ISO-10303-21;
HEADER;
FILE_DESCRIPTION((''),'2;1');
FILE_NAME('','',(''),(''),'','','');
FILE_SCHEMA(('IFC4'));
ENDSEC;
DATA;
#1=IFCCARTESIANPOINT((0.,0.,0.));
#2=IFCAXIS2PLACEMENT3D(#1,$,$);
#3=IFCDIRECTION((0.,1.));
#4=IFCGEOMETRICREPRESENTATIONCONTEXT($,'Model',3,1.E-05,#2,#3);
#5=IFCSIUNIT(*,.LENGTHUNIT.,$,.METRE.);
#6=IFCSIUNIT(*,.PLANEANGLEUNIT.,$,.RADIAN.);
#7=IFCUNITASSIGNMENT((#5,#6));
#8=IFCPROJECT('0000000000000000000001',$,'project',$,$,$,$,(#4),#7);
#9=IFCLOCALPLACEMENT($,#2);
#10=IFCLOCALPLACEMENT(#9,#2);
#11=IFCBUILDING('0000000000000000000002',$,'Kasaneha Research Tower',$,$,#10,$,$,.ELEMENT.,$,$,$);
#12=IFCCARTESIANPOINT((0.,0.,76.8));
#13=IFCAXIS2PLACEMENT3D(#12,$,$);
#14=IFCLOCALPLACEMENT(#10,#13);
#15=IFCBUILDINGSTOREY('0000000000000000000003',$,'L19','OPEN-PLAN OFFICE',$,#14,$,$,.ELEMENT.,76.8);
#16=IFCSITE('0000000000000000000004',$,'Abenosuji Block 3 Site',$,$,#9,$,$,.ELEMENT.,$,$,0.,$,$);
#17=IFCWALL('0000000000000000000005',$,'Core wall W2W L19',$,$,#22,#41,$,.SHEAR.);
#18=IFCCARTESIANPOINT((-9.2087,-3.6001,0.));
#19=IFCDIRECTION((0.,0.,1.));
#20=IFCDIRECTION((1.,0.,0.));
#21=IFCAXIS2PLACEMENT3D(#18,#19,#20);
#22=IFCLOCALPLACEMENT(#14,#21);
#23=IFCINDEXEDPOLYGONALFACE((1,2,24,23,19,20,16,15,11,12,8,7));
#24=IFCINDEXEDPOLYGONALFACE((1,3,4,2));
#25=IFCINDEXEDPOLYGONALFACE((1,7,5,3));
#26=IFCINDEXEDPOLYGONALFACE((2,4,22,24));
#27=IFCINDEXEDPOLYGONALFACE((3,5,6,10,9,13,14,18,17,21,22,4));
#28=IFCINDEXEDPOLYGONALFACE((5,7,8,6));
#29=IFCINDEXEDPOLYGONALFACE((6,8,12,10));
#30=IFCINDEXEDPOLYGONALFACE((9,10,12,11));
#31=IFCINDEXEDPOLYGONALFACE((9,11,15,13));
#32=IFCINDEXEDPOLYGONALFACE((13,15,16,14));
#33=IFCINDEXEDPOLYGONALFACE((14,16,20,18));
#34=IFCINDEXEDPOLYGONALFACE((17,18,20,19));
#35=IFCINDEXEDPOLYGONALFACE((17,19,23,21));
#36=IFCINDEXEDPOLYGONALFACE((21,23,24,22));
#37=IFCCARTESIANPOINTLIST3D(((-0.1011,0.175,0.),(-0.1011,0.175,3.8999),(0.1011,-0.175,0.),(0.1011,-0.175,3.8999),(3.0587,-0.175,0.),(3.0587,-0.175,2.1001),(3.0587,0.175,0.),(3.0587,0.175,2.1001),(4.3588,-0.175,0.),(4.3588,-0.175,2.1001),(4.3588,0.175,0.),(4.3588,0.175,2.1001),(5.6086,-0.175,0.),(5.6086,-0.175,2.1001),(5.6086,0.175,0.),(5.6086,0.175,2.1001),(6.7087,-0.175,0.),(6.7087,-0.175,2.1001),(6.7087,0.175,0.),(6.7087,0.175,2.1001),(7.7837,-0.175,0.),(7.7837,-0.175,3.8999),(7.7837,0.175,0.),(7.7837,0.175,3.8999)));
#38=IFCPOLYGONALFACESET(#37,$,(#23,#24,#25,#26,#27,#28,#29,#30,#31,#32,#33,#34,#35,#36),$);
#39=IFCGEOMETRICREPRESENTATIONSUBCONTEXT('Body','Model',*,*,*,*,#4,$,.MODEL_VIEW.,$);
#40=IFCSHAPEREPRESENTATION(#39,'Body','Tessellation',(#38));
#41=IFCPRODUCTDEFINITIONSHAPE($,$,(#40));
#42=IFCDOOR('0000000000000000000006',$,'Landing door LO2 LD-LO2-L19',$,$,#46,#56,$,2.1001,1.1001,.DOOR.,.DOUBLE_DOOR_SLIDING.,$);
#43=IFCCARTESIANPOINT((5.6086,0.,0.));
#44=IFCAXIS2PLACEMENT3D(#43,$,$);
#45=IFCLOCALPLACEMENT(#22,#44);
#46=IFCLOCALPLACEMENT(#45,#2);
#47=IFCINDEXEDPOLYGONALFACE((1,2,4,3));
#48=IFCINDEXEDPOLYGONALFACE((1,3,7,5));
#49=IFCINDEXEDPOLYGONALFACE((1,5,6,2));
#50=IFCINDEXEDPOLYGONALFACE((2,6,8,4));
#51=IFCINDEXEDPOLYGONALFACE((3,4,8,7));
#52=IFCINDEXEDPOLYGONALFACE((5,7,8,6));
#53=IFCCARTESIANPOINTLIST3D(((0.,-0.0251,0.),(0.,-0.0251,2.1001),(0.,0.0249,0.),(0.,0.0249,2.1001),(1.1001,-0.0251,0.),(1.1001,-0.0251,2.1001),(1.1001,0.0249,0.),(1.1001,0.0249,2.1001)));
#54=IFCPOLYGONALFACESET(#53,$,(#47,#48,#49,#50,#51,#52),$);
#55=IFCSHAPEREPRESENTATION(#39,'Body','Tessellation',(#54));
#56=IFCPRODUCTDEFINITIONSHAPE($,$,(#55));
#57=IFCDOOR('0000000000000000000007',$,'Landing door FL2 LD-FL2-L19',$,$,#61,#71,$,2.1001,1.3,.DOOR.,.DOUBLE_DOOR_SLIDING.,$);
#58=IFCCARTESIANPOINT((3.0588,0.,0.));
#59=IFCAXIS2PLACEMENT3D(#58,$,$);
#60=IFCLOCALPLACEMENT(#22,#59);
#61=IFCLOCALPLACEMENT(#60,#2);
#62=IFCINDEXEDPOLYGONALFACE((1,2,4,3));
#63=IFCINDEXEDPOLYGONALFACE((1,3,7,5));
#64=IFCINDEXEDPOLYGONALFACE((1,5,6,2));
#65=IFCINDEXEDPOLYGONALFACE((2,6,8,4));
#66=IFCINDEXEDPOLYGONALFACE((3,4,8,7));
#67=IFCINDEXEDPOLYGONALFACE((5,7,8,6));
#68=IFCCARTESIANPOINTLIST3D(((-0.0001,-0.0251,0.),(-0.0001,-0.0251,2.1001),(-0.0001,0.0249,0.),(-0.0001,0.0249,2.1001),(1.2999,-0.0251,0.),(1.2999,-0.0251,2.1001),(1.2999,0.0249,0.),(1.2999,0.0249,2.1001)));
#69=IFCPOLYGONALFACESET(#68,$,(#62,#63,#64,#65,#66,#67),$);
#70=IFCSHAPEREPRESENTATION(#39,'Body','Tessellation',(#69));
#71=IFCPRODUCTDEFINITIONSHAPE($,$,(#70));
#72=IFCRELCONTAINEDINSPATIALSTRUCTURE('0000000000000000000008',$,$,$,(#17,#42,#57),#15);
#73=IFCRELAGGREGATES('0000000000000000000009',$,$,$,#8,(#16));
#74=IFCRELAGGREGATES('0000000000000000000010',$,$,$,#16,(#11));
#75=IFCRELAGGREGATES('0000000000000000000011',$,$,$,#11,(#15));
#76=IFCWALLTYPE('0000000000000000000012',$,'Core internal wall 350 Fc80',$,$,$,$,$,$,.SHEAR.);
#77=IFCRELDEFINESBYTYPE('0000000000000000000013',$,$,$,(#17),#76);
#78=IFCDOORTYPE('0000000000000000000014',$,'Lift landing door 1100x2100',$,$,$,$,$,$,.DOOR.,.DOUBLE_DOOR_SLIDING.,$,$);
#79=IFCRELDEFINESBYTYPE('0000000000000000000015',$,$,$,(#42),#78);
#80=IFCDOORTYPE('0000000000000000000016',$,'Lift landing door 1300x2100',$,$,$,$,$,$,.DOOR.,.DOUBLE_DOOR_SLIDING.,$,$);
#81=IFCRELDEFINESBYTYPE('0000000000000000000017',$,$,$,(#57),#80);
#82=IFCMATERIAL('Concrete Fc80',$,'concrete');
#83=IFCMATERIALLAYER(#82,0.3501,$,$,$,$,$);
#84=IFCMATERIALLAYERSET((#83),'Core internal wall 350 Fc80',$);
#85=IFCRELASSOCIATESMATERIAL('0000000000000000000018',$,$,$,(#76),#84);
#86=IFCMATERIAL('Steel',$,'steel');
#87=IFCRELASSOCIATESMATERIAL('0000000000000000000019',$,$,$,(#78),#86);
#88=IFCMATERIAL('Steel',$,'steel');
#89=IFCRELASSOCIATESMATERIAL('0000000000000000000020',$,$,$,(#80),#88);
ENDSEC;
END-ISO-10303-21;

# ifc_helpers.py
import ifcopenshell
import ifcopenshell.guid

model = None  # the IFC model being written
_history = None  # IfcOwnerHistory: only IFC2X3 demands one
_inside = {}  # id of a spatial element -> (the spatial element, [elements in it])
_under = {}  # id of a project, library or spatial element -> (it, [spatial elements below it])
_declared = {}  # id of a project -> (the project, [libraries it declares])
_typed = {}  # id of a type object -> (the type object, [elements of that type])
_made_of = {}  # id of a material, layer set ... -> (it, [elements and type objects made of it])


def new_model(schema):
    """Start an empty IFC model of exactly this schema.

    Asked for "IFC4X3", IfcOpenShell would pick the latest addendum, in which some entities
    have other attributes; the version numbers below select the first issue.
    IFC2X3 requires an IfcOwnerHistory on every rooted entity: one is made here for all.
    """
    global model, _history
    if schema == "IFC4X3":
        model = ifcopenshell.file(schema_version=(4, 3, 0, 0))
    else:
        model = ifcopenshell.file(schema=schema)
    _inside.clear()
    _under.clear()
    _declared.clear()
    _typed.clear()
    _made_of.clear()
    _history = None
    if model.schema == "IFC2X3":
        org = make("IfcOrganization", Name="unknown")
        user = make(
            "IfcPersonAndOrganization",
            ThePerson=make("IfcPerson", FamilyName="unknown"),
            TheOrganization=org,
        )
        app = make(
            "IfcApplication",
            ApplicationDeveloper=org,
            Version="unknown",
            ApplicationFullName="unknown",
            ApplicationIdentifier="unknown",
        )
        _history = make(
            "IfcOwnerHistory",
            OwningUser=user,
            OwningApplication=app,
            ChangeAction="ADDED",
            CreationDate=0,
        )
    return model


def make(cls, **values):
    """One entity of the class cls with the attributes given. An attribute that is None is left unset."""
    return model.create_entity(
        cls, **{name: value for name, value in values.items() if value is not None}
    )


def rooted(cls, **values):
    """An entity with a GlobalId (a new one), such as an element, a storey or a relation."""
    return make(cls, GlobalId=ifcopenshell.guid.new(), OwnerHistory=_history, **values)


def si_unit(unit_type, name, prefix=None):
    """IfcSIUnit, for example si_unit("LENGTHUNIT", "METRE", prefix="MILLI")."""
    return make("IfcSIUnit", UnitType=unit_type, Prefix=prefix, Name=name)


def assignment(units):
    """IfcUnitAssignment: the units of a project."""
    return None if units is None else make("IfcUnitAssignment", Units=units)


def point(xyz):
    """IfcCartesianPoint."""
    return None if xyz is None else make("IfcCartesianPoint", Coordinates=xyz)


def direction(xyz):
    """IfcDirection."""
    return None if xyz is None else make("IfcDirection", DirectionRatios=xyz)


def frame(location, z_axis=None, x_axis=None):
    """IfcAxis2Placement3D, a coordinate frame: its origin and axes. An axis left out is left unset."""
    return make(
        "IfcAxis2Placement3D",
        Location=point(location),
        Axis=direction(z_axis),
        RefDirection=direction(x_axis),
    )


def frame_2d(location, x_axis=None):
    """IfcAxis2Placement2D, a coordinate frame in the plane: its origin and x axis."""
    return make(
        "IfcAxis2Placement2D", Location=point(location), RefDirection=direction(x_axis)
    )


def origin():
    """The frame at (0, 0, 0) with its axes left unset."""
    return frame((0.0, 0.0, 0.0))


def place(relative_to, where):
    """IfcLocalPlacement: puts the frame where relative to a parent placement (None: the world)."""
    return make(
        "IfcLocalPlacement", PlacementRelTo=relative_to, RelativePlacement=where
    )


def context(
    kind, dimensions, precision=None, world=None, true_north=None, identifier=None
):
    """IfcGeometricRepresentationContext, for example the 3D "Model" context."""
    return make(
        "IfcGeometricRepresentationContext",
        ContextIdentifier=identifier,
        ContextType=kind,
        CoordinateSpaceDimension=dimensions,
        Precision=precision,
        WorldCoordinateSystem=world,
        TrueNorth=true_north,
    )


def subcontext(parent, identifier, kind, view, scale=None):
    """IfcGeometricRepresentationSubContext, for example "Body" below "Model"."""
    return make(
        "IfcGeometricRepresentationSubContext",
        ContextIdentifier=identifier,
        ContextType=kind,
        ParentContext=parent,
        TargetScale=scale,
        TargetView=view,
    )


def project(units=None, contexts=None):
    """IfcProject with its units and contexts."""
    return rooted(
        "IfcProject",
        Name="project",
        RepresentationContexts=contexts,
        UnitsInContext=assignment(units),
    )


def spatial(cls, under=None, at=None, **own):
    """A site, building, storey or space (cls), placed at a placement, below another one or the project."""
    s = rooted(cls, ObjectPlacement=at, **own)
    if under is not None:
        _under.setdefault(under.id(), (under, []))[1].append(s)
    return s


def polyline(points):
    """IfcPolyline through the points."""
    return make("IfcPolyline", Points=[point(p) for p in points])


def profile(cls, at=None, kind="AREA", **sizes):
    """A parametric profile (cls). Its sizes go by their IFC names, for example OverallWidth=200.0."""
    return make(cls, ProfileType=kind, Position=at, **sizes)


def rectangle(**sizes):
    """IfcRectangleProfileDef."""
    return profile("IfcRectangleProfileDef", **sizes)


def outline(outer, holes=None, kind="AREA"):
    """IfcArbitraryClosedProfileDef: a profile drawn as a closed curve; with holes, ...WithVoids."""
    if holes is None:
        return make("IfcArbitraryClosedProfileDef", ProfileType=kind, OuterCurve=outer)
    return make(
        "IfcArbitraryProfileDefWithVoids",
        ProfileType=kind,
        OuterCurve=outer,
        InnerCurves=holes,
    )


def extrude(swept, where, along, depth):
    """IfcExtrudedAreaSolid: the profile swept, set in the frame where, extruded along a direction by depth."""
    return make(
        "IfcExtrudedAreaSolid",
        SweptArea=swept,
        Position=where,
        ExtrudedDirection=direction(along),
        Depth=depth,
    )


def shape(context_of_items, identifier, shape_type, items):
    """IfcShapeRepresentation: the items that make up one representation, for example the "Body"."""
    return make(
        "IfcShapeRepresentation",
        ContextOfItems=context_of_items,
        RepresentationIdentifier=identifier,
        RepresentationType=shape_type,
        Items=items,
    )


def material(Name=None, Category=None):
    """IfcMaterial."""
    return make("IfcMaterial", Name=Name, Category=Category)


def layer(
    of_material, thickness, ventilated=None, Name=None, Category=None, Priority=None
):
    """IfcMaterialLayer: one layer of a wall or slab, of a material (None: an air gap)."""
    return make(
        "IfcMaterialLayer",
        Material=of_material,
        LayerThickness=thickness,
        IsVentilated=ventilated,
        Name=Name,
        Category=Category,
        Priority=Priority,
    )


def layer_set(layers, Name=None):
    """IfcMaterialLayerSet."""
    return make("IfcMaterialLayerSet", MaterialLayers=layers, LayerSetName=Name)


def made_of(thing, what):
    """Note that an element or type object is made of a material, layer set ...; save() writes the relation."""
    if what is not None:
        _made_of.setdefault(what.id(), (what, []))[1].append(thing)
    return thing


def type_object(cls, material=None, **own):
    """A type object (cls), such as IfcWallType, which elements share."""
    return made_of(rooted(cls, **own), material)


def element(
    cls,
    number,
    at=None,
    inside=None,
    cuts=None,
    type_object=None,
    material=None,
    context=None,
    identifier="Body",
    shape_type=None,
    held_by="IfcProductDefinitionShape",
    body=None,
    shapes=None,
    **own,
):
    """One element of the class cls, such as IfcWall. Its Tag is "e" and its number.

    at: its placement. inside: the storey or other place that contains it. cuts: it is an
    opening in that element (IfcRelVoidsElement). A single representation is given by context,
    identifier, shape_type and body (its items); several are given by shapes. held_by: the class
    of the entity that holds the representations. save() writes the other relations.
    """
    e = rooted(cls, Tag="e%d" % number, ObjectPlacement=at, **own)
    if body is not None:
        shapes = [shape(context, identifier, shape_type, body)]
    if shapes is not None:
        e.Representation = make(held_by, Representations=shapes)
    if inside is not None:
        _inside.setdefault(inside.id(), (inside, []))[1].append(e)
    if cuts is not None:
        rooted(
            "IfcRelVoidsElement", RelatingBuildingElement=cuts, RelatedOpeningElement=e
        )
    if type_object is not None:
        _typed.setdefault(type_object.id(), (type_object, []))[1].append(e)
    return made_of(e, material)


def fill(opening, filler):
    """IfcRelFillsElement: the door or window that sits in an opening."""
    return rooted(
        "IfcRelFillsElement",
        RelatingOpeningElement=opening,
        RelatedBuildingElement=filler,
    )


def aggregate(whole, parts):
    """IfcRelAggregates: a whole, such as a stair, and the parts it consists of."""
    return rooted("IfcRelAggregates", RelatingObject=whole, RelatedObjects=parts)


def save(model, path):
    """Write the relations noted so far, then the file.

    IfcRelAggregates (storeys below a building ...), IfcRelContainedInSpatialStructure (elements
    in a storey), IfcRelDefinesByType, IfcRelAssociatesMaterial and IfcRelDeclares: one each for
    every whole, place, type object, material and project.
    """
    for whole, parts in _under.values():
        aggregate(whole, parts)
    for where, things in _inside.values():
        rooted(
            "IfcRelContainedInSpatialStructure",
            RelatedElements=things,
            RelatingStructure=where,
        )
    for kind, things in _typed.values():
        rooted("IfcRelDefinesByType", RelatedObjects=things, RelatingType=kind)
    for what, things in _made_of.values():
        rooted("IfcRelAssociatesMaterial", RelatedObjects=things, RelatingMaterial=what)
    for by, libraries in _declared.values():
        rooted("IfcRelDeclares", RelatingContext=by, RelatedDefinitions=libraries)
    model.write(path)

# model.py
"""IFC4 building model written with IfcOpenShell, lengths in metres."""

from ifc_helpers import new_model, si_unit, direction, frame, frame_2d, origin, place, context, subcontext, project, spatial, polyline, rectangle, outline, extrude, material, layer, layer_set, type_object, element, fill, save


model = new_model("IFC4")

# Units and contexts
model_context = context("Model", 3, precision=1e-05, world=origin(), true_north=direction((0.0, 1.0)))
body_context = subcontext(model_context, "Body", "Model", "MODEL_VIEW")
ifc_project = project(units=[si_unit("LENGTHUNIT", "METRE"), si_unit("PLANEANGLEUNIT", "RADIAN")], contexts=[model_context])

# Site, building, storey
site_placement = place(None, origin())
site = spatial("IfcSite", under=ifc_project, at=site_placement, Name="Abenosuji Block 3 Site", CompositionType="ELEMENT", RefElevation=0.0)
building_placement = place(site_placement, origin())
building = spatial("IfcBuilding", under=site, at=building_placement, Name="Kasaneha Research Tower", CompositionType="ELEMENT")
storey_placement = place(building_placement, frame((0.0, 0.0, 76.8)))
storey = spatial("IfcBuildingStorey", under=building, at=storey_placement, Name="L19", Description="OPEN-PLAN OFFICE", CompositionType="ELEMENT", Elevation=76.8)

# Wall, openings, doors
ifc_material_1 = material(Name="Concrete Fc80", Category="concrete")
ifc_layer_1 = layer(ifc_material_1, 0.3501)
ifc_layer_set_1 = layer_set([ifc_layer_1], Name="Core internal wall 350 Fc80")
wall_type_1 = type_object("IfcWallType", Name="Core internal wall 350 Fc80", PredefinedType="SHEAR", material=ifc_layer_set_1)
wall_1_placement = place(storey_placement, frame((-9.2087, -3.6001, 0.0), z_axis=(0.0, 0.0, 1.0), x_axis=(1.0, 0.0, 0.0)))
wall_1 = element("IfcWall", 1, at=wall_1_placement, inside=storey, type_object=wall_type_1, Name="Core wall W2W L19", PredefinedType="SHEAR", context=body_context, shape_type="SweptSolid", body=[
    extrude(outline(polyline([(0.1011, -0.175), (3.0588, -0.175), (4.3589, -0.175), (5.6086, -0.175), (6.7087, -0.175), (7.7837, -0.175), (7.7837, 0.175), (6.7087, 0.175), (5.6086, 0.175), (4.3589, 0.175), (3.0588, 0.175), (-0.1011, 0.175), (0.1011, -0.175)])), origin(), (0.0, 0.0, 1.0), 3.8999),
])
opening_1_placement = place(wall_1_placement, frame((5.6086, 0.0, 0.0)))
opening_1 = element("IfcOpeningElement", 2, at=opening_1_placement, cuts=wall_1, PredefinedType="OPENING", context=body_context, shape_type="SweptSolid", body=[
    extrude(rectangle(XDim=1.1001, YDim=2.1001, at=frame_2d((0.55, 1.05))), frame((0.0, 0.1851, 0.0), z_axis=(0.0, -1.0, 0.0), x_axis=(1.0, 0.0, 0.0)), (0.0, 0.0, 1.0), 0.3701),
])
opening_2_placement = place(wall_1_placement, frame((3.0588, 0.0, 0.0)))
opening_2 = element("IfcOpeningElement", 3, at=opening_2_placement, cuts=wall_1, PredefinedType="OPENING", context=body_context, shape_type="SweptSolid", body=[
    extrude(rectangle(XDim=1.3, YDim=2.1001, at=frame_2d((0.6499, 1.05))), frame((0.0, 0.1851, 0.0), z_axis=(0.0, -1.0, 0.0), x_axis=(1.0, 0.0, 0.0)), (0.0, 0.0, 1.0), 0.3701),
])
ifc_material_2 = material(Name="Steel", Category="steel")
door_type_1 = type_object("IfcDoorType", Name="Lift landing door 1100x2100", OperationType="DOUBLE_DOOR_SLIDING", PredefinedType="DOOR", material=ifc_material_2)
door_1_placement = place(opening_1_placement, origin())
door_1 = element("IfcDoor", 4, at=door_1_placement, inside=storey, type_object=door_type_1, Name="Landing door LO2 LD-LO2-L19", OperationType="DOUBLE_DOOR_SLIDING", OverallHeight=2.1001, OverallWidth=1.1001, PredefinedType="DOOR", context=body_context, shape_type="SweptSolid", body=[
    extrude(rectangle(XDim=1.1001, YDim=2.1001, at=frame_2d((0.55, 1.05))), frame((0.0, 0.0249, 0.0), z_axis=(0.0, -1.0, 0.0), x_axis=(1.0, 0.0, 0.0)), (0.0, 0.0, 1.0), 0.05),
])
fill(opening_1, door_1)
ifc_material_3 = material(Name="Steel", Category="steel")
door_type_2 = type_object("IfcDoorType", Name="Lift landing door 1300x2100", OperationType="DOUBLE_DOOR_SLIDING", PredefinedType="DOOR", material=ifc_material_3)
door_2_placement = place(opening_2_placement, origin())
door_2 = element("IfcDoor", 5, at=door_2_placement, inside=storey, type_object=door_type_2, Name="Landing door FL2 LD-FL2-L19", OperationType="DOUBLE_DOOR_SLIDING", OverallHeight=2.1001, OverallWidth=1.3, PredefinedType="DOOR", context=body_context, shape_type="SweptSolid", body=[
    extrude(rectangle(XDim=1.3, YDim=2.1001, at=frame_2d((0.6499, 1.05))), frame((0.0, 0.0249, 0.0), z_axis=(0.0, -1.0, 0.0), x_axis=(1.0, 0.0, 0.0)), (0.0, 0.0, 1.0), 0.05),
])
fill(opening_2, door_2)

save(model, "model.ifc")
